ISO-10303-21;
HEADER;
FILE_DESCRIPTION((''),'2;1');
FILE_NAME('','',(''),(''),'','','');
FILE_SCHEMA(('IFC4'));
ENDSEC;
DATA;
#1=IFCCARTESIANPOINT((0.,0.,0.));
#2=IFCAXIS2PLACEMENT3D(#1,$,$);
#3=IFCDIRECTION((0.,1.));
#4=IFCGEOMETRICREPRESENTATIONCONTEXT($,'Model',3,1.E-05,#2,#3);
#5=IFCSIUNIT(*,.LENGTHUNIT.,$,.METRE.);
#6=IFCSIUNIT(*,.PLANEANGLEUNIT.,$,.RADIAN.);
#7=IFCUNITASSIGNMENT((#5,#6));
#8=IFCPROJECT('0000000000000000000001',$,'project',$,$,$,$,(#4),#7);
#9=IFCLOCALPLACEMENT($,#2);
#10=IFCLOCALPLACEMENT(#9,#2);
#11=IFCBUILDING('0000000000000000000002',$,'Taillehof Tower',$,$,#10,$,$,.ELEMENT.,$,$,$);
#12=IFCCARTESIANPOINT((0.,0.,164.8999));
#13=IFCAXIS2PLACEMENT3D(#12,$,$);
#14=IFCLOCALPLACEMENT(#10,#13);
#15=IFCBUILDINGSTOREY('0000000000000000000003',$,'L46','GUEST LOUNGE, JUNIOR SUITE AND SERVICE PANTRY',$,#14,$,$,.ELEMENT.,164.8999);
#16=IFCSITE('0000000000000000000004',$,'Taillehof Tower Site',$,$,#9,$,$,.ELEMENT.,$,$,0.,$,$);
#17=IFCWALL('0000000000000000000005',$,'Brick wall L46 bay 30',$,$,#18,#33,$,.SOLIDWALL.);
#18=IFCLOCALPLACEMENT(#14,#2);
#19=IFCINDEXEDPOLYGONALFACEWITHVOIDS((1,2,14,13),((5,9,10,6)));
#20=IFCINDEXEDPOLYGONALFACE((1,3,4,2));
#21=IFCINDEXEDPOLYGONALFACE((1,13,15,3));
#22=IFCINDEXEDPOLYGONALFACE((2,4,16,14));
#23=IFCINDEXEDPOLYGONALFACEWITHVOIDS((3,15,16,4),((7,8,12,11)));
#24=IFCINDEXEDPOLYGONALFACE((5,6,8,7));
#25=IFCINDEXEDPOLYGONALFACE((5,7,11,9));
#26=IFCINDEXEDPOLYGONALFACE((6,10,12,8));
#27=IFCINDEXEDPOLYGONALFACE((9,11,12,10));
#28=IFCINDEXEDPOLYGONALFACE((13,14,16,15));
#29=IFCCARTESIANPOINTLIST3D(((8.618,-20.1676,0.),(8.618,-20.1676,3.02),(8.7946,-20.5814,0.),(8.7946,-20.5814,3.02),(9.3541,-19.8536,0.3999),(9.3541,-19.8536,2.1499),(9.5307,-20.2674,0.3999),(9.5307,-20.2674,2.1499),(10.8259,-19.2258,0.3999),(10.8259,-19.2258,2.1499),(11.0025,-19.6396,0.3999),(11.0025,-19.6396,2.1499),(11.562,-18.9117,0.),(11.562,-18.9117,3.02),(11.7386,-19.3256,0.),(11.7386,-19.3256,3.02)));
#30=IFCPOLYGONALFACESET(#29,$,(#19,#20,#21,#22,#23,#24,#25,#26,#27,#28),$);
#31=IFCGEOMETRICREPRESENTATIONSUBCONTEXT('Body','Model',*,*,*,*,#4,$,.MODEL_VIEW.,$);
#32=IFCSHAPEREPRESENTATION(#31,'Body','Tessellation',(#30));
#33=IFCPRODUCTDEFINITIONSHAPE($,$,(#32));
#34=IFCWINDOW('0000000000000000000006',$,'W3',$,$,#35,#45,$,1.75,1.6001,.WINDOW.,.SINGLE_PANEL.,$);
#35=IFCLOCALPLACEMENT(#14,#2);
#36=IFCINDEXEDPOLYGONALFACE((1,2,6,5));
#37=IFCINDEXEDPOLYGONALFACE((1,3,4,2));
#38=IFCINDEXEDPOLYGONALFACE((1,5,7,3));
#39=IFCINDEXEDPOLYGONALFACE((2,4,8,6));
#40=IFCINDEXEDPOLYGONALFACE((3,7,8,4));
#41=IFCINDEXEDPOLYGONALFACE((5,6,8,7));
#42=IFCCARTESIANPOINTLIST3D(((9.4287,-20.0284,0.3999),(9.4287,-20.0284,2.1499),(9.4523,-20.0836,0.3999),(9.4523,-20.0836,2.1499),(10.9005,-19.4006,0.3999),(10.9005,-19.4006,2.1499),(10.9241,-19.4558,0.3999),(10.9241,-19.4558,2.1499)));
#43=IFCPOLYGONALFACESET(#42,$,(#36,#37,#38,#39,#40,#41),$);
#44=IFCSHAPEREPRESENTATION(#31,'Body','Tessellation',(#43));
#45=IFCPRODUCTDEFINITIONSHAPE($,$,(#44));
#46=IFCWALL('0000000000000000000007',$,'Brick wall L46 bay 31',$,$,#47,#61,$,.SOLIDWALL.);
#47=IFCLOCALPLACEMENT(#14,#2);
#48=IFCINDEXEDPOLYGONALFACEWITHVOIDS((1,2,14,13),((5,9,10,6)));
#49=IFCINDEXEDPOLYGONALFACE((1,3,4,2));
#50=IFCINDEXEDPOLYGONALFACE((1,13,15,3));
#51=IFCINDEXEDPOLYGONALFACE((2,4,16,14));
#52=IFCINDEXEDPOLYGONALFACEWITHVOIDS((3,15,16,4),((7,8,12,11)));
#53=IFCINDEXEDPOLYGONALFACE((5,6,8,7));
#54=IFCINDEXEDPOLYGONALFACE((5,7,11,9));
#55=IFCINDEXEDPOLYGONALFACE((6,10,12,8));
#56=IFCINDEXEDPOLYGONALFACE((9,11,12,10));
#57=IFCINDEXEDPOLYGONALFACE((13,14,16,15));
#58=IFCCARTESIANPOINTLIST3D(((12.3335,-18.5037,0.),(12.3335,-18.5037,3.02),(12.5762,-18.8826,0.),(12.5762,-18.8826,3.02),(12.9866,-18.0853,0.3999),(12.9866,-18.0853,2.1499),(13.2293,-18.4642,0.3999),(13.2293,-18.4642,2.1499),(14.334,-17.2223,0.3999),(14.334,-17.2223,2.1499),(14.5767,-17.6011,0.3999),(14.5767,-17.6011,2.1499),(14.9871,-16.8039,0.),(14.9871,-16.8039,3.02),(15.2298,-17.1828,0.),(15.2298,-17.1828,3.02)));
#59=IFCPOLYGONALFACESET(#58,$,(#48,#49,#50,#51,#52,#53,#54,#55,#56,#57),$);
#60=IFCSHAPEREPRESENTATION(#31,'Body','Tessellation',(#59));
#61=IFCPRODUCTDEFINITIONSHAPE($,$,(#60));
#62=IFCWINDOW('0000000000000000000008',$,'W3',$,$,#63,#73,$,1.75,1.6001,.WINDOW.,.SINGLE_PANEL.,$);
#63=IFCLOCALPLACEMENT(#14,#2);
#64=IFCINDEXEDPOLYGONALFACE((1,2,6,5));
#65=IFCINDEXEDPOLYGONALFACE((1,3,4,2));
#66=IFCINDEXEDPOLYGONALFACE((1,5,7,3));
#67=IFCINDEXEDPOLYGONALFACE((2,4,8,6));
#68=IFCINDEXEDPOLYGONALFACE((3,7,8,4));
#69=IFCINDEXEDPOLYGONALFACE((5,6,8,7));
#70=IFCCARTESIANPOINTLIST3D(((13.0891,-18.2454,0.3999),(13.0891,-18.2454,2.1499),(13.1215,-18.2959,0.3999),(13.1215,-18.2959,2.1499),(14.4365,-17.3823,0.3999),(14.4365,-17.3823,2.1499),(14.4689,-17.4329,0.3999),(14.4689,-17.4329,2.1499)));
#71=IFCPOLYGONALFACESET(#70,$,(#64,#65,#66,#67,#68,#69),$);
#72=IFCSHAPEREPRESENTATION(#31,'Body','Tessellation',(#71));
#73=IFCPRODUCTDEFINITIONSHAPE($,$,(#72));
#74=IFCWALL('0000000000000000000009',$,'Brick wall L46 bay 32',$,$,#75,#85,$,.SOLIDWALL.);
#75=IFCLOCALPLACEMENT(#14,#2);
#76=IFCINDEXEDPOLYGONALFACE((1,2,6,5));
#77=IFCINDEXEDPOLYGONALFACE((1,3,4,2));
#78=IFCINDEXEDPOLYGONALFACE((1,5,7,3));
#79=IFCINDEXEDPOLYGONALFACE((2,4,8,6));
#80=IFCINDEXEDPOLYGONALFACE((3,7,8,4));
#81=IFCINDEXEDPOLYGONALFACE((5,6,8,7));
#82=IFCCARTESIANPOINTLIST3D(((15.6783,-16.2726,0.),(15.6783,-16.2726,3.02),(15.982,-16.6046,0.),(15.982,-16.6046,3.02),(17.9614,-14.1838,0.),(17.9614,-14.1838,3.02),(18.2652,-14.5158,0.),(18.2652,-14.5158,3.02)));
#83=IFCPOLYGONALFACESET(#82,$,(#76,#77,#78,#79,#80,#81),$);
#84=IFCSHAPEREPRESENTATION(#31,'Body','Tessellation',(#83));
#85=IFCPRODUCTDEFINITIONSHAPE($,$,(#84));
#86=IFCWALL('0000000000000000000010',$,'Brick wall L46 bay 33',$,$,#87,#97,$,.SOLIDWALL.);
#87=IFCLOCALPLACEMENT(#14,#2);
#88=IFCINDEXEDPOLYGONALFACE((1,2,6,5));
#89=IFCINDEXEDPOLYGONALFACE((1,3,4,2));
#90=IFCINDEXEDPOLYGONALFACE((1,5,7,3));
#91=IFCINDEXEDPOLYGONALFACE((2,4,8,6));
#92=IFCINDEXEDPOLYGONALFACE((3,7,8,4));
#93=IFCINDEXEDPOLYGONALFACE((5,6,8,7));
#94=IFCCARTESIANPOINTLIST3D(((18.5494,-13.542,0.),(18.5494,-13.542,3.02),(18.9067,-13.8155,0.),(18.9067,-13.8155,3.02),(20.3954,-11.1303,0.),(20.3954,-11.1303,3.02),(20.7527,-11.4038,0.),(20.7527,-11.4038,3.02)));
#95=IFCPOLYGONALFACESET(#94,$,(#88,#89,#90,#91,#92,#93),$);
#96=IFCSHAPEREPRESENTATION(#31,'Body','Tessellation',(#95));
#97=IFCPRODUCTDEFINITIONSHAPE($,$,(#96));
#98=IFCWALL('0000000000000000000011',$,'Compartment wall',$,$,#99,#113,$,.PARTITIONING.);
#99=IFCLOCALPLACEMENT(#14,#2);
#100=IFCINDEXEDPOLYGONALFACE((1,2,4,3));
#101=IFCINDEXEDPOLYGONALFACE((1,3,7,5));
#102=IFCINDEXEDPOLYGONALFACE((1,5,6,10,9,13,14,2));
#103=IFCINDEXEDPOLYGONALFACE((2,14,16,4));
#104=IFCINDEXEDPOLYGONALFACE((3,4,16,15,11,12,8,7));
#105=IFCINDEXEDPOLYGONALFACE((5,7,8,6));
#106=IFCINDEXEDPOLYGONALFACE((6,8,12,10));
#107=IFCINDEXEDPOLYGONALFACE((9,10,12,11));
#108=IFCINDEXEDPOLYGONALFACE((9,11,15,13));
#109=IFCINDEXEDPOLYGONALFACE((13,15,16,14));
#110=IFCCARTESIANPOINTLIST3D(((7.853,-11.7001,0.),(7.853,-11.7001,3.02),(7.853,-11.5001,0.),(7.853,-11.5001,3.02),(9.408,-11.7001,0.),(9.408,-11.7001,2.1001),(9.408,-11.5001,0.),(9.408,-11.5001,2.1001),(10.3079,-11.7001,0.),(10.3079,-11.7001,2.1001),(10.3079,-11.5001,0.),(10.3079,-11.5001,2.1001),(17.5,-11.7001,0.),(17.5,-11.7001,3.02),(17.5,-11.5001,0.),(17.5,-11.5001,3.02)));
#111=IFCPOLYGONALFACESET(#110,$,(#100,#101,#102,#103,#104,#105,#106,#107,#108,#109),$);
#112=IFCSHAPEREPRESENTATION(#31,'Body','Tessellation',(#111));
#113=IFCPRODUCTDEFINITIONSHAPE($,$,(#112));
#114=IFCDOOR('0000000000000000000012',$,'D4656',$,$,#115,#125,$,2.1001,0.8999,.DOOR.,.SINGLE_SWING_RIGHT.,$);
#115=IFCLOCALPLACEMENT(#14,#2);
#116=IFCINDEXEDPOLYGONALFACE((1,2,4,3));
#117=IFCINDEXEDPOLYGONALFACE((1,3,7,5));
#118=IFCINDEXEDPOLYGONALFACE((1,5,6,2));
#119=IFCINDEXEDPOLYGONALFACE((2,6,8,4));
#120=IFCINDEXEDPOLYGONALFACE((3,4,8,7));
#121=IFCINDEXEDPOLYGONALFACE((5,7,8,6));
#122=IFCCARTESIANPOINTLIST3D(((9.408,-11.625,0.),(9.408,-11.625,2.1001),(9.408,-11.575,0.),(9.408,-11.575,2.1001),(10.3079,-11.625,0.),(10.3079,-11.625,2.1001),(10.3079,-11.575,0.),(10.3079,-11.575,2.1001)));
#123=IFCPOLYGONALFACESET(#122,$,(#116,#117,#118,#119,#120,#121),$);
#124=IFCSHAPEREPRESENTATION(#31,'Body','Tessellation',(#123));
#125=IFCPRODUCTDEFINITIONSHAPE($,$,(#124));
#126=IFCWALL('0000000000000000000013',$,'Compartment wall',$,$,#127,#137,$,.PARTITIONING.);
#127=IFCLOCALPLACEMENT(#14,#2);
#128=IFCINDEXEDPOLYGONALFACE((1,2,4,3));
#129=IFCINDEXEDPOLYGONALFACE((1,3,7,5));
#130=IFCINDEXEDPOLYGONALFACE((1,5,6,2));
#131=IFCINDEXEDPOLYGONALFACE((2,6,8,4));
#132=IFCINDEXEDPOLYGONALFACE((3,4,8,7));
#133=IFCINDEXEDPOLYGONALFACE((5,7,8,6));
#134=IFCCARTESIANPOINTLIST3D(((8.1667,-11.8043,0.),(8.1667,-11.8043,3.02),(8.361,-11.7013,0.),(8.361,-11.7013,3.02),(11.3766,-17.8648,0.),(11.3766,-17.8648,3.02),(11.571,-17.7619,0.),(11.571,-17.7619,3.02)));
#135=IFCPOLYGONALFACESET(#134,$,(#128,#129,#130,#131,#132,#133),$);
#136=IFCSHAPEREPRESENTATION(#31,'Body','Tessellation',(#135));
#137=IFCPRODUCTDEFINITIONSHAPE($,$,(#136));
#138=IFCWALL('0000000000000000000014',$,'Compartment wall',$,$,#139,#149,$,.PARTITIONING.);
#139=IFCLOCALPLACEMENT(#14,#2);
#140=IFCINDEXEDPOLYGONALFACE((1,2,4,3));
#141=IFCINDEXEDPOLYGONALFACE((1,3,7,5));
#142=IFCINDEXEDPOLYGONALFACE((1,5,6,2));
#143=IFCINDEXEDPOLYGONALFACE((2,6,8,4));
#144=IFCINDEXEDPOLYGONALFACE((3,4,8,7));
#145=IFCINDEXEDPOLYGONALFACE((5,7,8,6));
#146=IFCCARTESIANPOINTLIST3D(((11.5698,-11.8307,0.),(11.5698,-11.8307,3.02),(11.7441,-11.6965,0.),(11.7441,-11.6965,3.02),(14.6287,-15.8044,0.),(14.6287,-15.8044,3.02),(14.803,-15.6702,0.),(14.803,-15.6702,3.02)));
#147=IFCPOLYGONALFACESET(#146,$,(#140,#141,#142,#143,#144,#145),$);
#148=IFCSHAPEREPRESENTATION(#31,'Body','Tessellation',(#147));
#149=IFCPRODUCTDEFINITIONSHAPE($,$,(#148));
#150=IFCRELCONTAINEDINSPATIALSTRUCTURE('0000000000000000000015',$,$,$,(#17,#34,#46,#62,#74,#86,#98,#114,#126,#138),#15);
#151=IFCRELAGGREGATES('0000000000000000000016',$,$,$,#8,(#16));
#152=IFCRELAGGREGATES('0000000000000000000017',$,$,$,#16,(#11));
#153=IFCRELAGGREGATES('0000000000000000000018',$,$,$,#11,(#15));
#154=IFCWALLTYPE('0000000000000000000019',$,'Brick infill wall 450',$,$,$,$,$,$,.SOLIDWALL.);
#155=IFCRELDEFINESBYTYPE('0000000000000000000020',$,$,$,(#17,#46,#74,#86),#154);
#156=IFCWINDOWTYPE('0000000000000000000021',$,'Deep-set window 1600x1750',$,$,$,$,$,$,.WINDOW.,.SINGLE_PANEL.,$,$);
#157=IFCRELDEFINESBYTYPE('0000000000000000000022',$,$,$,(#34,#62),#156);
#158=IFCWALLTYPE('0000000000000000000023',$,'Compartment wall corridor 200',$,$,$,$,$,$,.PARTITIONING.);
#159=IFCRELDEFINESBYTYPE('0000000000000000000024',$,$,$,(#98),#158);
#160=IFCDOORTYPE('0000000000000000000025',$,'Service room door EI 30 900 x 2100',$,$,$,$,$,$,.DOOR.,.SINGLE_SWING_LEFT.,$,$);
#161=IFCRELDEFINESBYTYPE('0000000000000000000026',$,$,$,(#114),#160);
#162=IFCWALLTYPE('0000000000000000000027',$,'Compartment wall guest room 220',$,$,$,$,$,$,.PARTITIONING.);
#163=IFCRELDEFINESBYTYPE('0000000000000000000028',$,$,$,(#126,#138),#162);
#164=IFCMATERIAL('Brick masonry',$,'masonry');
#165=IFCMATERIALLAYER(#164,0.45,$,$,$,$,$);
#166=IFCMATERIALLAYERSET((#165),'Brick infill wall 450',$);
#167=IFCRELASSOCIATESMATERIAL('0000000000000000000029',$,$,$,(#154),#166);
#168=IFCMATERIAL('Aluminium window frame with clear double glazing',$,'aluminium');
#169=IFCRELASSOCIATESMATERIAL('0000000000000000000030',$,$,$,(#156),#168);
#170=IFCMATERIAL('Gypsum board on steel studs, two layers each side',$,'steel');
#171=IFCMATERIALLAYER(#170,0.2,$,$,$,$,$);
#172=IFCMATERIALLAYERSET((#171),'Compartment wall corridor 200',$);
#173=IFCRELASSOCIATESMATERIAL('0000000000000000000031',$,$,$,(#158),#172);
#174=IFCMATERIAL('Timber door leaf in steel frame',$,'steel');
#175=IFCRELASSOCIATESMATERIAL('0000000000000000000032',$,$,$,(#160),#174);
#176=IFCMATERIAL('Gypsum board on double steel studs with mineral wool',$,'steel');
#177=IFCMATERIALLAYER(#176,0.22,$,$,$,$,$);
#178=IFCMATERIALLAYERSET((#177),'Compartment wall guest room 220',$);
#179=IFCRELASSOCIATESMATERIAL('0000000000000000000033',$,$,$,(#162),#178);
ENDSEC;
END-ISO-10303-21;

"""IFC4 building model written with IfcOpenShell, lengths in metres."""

from ifc_helpers import new_model, si_unit, direction, frame, frame_2d, origin, place, context, subcontext, project, spatial, rectangle, extrude, material, layer, layer_set, type_object, element, fill, save


model = new_model("IFC4")

# Units and contexts
model_context = context("Model", 3, precision=1e-05, world=origin(), true_north=direction((0.0, 1.0)))
body_context = subcontext(model_context, "Body", "Model", "MODEL_VIEW")
ifc_project = project(units=[si_unit("LENGTHUNIT", "METRE"), si_unit("PLANEANGLEUNIT", "RADIAN")], contexts=[model_context])

# Site, building, storey
site_placement = place(None, origin())
site = spatial("IfcSite", under=ifc_project, at=site_placement, Name="Taillehof Tower Site", CompositionType="ELEMENT", RefElevation=0.0)
building_placement = place(site_placement, origin())
building = spatial("IfcBuilding", under=site, at=building_placement, Name="Taillehof Tower", CompositionType="ELEMENT")
storey_placement = place(building_placement, frame((0.0, 0.0, 164.8999)))
storey = spatial("IfcBuildingStorey", under=building, at=storey_placement, Name="L46", Description="GUEST LOUNGE, JUNIOR SUITE AND SERVICE PANTRY", CompositionType="ELEMENT", Elevation=164.8999)

# Walls, openings, windows
ifc_material_1 = material(Name="Brick masonry", Category="masonry")
ifc_layer_1 = layer(ifc_material_1, 0.45)
ifc_layer_set_1 = layer_set([ifc_layer_1], Name="Brick infill wall 450")
wall_type_1 = type_object("IfcWallType", Name="Brick infill wall 450", PredefinedType="SOLIDWALL", material=ifc_layer_set_1)
wall_1_placement = place(storey_placement, frame((8.7063, -20.3745, 0.0), z_axis=(0.0, 0.0, 1.0), x_axis=(0.91981, 0.392363, 0.0)))
wall_1 = element("IfcWall", 1, at=wall_1_placement, inside=storey, type_object=wall_type_1, Name="Brick wall L46 bay 30", PredefinedType="SOLIDWALL", context=body_context, shape_type="SweptSolid", body=[
    extrude(rectangle(XDim=3.2007, YDim=0.45, at=frame_2d((1.6003, 0.0))), origin(), (0.0, 0.0, 1.0), 3.02),
])
opening_1_placement = place(wall_1_placement, frame((0.8003, 0.0, 0.3999)))
opening_1 = element("IfcOpeningElement", 2, at=opening_1_placement, cuts=wall_1, PredefinedType="OPENING", context=body_context, shape_type="SweptSolid", body=[
    extrude(rectangle(XDim=1.6001, YDim=1.75, at=frame_2d((0.8, 0.875))), frame((0.0, 0.2349, 0.0), z_axis=(0.0, -1.0, 0.0), x_axis=(1.0, 0.0, 0.0)), (0.0, 0.0, 1.0), 0.47),
])
ifc_material_2 = material(Name="Aluminium window frame with clear double glazing", Category="aluminium")
window_type = type_object("IfcWindowType", Name="Deep-set window 1600x1750", PartitioningType="SINGLE_PANEL", PredefinedType="WINDOW", material=ifc_material_2)
window_1_placement = place(opening_1_placement, origin())
window_1 = element("IfcWindow", 3, at=window_1_placement, inside=storey, type_object=window_type, Name="W3", OverallHeight=1.75, OverallWidth=1.6001, PartitioningType="SINGLE_PANEL", PredefinedType="WINDOW", context=body_context, shape_type="SweptSolid", body=[
    extrude(rectangle(XDim=1.6001, YDim=1.75, at=frame_2d((0.8, 0.875))), frame((0.0, 0.0349, 0.0), z_axis=(0.0, -1.0, 0.0), x_axis=(1.0, 0.0, 0.0)), (0.0, 0.0, 1.0), 0.0601),
])
fill(opening_1, window_1)
wall_2_placement = place(storey_placement, frame((12.4548, -18.6931, 0.0), z_axis=(0.0, 0.0, 1.0), x_axis=(0.842066, 0.539375, 0.0)))
wall_2 = element("IfcWall", 4, at=wall_2_placement, inside=storey, type_object=wall_type_1, Name="Brick wall L46 bay 31", PredefinedType="SOLIDWALL", context=body_context, shape_type="SweptSolid", body=[
    extrude(rectangle(XDim=3.1514, YDim=0.45, at=frame_2d((1.5757, 0.0))), origin(), (0.0, 0.0, 1.0), 3.02),
])
opening_2_placement = place(wall_2_placement, frame((0.7756, 0.0, 0.3999)))
opening_2 = element("IfcOpeningElement", 5, at=opening_2_placement, cuts=wall_2, PredefinedType="OPENING", context=body_context, shape_type="SweptSolid", body=[
    extrude(rectangle(XDim=1.6001, YDim=1.75, at=frame_2d((0.8, 0.875))), frame((0.0, 0.2349, 0.0), z_axis=(0.0, -1.0, 0.0), x_axis=(1.0, 0.0, 0.0)), (0.0, 0.0, 1.0), 0.47),
])
window_2_placement = place(opening_2_placement, origin())
window_2 = element("IfcWindow", 6, at=window_2_placement, inside=storey, type_object=window_type, Name="W3", OverallHeight=1.75, OverallWidth=1.6001, PartitioningType="SINGLE_PANEL", PredefinedType="WINDOW", context=body_context, shape_type="SweptSolid", body=[
    extrude(rectangle(XDim=1.6001, YDim=1.75, at=frame_2d((0.8, 0.875))), frame((0.0, 0.0349, 0.0), z_axis=(0.0, -1.0, 0.0), x_axis=(1.0, 0.0, 0.0)), (0.0, 0.0, 1.0), 0.0601),
])
fill(opening_2, window_2)

# Walls
wall_3_placement = place(storey_placement, frame((15.8301, -16.4387, 0.0), z_axis=(0.0, 0.0, 1.0), x_axis=(0.737809, 0.67501, 0.0)))
element("IfcWall", 7, at=wall_3_placement, inside=storey, type_object=wall_type_1, Name="Brick wall L46 bay 32", PredefinedType="SOLIDWALL", context=body_context, shape_type="SweptSolid", body=[
    extrude(rectangle(XDim=3.0945, YDim=0.45, at=frame_2d((1.5474, 0.0))), origin(), (0.0, 0.0, 1.0), 3.02),
])
wall_4_placement = place(storey_placement, frame((18.728, -13.6787, 0.0), z_axis=(0.0, 0.0, 1.0), x_axis=(0.607817, 0.794077, 0.0)))
element("IfcWall", 8, at=wall_4_placement, inside=storey, type_object=wall_type_1, Name="Brick wall L46 bay 33", PredefinedType="SOLIDWALL", context=body_context, shape_type="SweptSolid", body=[
    extrude(rectangle(XDim=3.0371, YDim=0.45, at=frame_2d((1.5186, 0.0))), origin(), (0.0, 0.0, 1.0), 3.02),
])

# Wall, opening, door
ifc_material_3 = material(Name="Gypsum board on steel studs, two layers each side", Category="steel")
ifc_layer_2 = layer(ifc_material_3, 0.2)
ifc_layer_set_2 = layer_set([ifc_layer_2], Name="Compartment wall corridor 200")
wall_type_2 = type_object("IfcWallType", Name="Compartment wall corridor 200", PredefinedType="PARTITIONING", material=ifc_layer_set_2)
wall_5_placement = place(storey_placement, frame((17.5, -11.6001, 0.0), z_axis=(0.0, 0.0, 1.0), x_axis=(-1.0, 0.0, 0.0)))
wall_5 = element("IfcWall", 9, at=wall_5_placement, inside=storey, type_object=wall_type_2, Name="Compartment wall", PredefinedType="PARTITIONING", context=body_context, shape_type="SweptSolid", body=[
    extrude(rectangle(XDim=9.647, YDim=0.2, at=frame_2d((4.8235, 0.0))), origin(), (0.0, 0.0, 1.0), 3.02),
])
opening_3_placement = place(wall_5_placement, frame((7.1921, 0.0, 0.0)))
opening_3 = element("IfcOpeningElement", 10, at=opening_3_placement, cuts=wall_5, PredefinedType="OPENING", context=body_context, shape_type="SweptSolid", body=[
    extrude(rectangle(XDim=0.8999, YDim=2.1001, at=frame_2d((0.45, 1.05))), frame((0.0, 0.1099, 0.0), z_axis=(0.0, -1.0, 0.0), x_axis=(1.0, 0.0, 0.0)), (0.0, 0.0, 1.0), 0.22),
])
ifc_material_4 = material(Name="Timber door leaf in steel frame", Category="steel")
door_type = type_object("IfcDoorType", Name="Service room door EI 30 900 x 2100", OperationType="SINGLE_SWING_LEFT", PredefinedType="DOOR", material=ifc_material_4)
door_placement = place(opening_3_placement, origin())
door = element("IfcDoor", 11, at=door_placement, inside=storey, type_object=door_type, Name="D4656", OperationType="SINGLE_SWING_RIGHT", OverallHeight=2.1001, OverallWidth=0.8999, PredefinedType="DOOR", context=body_context, shape_type="SweptSolid", body=[
    extrude(rectangle(XDim=0.8999, YDim=2.1001, at=frame_2d((0.45, 1.05))), frame((0.0, 0.0249, 0.0), z_axis=(0.0, -1.0, 0.0), x_axis=(1.0, 0.0, 0.0)), (0.0, 0.0, 1.0), 0.05),
])
fill(opening_3, door)

# Walls
ifc_material_5 = material(Name="Gypsum board on double steel studs with mineral wool", Category="steel")
ifc_layer_3 = layer(ifc_material_5, 0.22)
ifc_layer_set_3 = layer_set([ifc_layer_3], Name="Compartment wall guest room 220")
wall_type_3 = type_object("IfcWallType", Name="Compartment wall guest room 220", PredefinedType="PARTITIONING", material=ifc_layer_set_3)
wall_6_placement = place(storey_placement, frame((11.4739, -17.8135, 0.0), z_axis=(0.0, 0.0, 1.0), x_axis=(-0.468051, 0.883701, 0.0)))
element("IfcWall", 12, at=wall_6_placement, inside=storey, type_object=wall_type_3, Name="Compartment wall", PredefinedType="PARTITIONING", context=body_context, shape_type="SweptSolid", body=[
    extrude(rectangle(XDim=6.8582, YDim=0.22, at=frame_2d((3.4292, 0.0))), origin(), (0.0, 0.0, 1.0), 3.02),
])
wall_7_placement = place(storey_placement, frame((14.7158, -15.7373, 0.0), z_axis=(0.0, 0.0, 1.0), x_axis=(-0.609986, 0.792412, 0.0)))
element("IfcWall", 13, at=wall_7_placement, inside=storey, type_object=wall_type_3, Name="Compartment wall", PredefinedType="PARTITIONING", context=body_context, shape_type="SweptSolid", body=[
    extrude(rectangle(XDim=5.0146, YDim=0.22, at=frame_2d((2.5073, 0.0))), origin(), (0.0, 0.0, 1.0), 3.02),
])

save(model, "model.ifc")
